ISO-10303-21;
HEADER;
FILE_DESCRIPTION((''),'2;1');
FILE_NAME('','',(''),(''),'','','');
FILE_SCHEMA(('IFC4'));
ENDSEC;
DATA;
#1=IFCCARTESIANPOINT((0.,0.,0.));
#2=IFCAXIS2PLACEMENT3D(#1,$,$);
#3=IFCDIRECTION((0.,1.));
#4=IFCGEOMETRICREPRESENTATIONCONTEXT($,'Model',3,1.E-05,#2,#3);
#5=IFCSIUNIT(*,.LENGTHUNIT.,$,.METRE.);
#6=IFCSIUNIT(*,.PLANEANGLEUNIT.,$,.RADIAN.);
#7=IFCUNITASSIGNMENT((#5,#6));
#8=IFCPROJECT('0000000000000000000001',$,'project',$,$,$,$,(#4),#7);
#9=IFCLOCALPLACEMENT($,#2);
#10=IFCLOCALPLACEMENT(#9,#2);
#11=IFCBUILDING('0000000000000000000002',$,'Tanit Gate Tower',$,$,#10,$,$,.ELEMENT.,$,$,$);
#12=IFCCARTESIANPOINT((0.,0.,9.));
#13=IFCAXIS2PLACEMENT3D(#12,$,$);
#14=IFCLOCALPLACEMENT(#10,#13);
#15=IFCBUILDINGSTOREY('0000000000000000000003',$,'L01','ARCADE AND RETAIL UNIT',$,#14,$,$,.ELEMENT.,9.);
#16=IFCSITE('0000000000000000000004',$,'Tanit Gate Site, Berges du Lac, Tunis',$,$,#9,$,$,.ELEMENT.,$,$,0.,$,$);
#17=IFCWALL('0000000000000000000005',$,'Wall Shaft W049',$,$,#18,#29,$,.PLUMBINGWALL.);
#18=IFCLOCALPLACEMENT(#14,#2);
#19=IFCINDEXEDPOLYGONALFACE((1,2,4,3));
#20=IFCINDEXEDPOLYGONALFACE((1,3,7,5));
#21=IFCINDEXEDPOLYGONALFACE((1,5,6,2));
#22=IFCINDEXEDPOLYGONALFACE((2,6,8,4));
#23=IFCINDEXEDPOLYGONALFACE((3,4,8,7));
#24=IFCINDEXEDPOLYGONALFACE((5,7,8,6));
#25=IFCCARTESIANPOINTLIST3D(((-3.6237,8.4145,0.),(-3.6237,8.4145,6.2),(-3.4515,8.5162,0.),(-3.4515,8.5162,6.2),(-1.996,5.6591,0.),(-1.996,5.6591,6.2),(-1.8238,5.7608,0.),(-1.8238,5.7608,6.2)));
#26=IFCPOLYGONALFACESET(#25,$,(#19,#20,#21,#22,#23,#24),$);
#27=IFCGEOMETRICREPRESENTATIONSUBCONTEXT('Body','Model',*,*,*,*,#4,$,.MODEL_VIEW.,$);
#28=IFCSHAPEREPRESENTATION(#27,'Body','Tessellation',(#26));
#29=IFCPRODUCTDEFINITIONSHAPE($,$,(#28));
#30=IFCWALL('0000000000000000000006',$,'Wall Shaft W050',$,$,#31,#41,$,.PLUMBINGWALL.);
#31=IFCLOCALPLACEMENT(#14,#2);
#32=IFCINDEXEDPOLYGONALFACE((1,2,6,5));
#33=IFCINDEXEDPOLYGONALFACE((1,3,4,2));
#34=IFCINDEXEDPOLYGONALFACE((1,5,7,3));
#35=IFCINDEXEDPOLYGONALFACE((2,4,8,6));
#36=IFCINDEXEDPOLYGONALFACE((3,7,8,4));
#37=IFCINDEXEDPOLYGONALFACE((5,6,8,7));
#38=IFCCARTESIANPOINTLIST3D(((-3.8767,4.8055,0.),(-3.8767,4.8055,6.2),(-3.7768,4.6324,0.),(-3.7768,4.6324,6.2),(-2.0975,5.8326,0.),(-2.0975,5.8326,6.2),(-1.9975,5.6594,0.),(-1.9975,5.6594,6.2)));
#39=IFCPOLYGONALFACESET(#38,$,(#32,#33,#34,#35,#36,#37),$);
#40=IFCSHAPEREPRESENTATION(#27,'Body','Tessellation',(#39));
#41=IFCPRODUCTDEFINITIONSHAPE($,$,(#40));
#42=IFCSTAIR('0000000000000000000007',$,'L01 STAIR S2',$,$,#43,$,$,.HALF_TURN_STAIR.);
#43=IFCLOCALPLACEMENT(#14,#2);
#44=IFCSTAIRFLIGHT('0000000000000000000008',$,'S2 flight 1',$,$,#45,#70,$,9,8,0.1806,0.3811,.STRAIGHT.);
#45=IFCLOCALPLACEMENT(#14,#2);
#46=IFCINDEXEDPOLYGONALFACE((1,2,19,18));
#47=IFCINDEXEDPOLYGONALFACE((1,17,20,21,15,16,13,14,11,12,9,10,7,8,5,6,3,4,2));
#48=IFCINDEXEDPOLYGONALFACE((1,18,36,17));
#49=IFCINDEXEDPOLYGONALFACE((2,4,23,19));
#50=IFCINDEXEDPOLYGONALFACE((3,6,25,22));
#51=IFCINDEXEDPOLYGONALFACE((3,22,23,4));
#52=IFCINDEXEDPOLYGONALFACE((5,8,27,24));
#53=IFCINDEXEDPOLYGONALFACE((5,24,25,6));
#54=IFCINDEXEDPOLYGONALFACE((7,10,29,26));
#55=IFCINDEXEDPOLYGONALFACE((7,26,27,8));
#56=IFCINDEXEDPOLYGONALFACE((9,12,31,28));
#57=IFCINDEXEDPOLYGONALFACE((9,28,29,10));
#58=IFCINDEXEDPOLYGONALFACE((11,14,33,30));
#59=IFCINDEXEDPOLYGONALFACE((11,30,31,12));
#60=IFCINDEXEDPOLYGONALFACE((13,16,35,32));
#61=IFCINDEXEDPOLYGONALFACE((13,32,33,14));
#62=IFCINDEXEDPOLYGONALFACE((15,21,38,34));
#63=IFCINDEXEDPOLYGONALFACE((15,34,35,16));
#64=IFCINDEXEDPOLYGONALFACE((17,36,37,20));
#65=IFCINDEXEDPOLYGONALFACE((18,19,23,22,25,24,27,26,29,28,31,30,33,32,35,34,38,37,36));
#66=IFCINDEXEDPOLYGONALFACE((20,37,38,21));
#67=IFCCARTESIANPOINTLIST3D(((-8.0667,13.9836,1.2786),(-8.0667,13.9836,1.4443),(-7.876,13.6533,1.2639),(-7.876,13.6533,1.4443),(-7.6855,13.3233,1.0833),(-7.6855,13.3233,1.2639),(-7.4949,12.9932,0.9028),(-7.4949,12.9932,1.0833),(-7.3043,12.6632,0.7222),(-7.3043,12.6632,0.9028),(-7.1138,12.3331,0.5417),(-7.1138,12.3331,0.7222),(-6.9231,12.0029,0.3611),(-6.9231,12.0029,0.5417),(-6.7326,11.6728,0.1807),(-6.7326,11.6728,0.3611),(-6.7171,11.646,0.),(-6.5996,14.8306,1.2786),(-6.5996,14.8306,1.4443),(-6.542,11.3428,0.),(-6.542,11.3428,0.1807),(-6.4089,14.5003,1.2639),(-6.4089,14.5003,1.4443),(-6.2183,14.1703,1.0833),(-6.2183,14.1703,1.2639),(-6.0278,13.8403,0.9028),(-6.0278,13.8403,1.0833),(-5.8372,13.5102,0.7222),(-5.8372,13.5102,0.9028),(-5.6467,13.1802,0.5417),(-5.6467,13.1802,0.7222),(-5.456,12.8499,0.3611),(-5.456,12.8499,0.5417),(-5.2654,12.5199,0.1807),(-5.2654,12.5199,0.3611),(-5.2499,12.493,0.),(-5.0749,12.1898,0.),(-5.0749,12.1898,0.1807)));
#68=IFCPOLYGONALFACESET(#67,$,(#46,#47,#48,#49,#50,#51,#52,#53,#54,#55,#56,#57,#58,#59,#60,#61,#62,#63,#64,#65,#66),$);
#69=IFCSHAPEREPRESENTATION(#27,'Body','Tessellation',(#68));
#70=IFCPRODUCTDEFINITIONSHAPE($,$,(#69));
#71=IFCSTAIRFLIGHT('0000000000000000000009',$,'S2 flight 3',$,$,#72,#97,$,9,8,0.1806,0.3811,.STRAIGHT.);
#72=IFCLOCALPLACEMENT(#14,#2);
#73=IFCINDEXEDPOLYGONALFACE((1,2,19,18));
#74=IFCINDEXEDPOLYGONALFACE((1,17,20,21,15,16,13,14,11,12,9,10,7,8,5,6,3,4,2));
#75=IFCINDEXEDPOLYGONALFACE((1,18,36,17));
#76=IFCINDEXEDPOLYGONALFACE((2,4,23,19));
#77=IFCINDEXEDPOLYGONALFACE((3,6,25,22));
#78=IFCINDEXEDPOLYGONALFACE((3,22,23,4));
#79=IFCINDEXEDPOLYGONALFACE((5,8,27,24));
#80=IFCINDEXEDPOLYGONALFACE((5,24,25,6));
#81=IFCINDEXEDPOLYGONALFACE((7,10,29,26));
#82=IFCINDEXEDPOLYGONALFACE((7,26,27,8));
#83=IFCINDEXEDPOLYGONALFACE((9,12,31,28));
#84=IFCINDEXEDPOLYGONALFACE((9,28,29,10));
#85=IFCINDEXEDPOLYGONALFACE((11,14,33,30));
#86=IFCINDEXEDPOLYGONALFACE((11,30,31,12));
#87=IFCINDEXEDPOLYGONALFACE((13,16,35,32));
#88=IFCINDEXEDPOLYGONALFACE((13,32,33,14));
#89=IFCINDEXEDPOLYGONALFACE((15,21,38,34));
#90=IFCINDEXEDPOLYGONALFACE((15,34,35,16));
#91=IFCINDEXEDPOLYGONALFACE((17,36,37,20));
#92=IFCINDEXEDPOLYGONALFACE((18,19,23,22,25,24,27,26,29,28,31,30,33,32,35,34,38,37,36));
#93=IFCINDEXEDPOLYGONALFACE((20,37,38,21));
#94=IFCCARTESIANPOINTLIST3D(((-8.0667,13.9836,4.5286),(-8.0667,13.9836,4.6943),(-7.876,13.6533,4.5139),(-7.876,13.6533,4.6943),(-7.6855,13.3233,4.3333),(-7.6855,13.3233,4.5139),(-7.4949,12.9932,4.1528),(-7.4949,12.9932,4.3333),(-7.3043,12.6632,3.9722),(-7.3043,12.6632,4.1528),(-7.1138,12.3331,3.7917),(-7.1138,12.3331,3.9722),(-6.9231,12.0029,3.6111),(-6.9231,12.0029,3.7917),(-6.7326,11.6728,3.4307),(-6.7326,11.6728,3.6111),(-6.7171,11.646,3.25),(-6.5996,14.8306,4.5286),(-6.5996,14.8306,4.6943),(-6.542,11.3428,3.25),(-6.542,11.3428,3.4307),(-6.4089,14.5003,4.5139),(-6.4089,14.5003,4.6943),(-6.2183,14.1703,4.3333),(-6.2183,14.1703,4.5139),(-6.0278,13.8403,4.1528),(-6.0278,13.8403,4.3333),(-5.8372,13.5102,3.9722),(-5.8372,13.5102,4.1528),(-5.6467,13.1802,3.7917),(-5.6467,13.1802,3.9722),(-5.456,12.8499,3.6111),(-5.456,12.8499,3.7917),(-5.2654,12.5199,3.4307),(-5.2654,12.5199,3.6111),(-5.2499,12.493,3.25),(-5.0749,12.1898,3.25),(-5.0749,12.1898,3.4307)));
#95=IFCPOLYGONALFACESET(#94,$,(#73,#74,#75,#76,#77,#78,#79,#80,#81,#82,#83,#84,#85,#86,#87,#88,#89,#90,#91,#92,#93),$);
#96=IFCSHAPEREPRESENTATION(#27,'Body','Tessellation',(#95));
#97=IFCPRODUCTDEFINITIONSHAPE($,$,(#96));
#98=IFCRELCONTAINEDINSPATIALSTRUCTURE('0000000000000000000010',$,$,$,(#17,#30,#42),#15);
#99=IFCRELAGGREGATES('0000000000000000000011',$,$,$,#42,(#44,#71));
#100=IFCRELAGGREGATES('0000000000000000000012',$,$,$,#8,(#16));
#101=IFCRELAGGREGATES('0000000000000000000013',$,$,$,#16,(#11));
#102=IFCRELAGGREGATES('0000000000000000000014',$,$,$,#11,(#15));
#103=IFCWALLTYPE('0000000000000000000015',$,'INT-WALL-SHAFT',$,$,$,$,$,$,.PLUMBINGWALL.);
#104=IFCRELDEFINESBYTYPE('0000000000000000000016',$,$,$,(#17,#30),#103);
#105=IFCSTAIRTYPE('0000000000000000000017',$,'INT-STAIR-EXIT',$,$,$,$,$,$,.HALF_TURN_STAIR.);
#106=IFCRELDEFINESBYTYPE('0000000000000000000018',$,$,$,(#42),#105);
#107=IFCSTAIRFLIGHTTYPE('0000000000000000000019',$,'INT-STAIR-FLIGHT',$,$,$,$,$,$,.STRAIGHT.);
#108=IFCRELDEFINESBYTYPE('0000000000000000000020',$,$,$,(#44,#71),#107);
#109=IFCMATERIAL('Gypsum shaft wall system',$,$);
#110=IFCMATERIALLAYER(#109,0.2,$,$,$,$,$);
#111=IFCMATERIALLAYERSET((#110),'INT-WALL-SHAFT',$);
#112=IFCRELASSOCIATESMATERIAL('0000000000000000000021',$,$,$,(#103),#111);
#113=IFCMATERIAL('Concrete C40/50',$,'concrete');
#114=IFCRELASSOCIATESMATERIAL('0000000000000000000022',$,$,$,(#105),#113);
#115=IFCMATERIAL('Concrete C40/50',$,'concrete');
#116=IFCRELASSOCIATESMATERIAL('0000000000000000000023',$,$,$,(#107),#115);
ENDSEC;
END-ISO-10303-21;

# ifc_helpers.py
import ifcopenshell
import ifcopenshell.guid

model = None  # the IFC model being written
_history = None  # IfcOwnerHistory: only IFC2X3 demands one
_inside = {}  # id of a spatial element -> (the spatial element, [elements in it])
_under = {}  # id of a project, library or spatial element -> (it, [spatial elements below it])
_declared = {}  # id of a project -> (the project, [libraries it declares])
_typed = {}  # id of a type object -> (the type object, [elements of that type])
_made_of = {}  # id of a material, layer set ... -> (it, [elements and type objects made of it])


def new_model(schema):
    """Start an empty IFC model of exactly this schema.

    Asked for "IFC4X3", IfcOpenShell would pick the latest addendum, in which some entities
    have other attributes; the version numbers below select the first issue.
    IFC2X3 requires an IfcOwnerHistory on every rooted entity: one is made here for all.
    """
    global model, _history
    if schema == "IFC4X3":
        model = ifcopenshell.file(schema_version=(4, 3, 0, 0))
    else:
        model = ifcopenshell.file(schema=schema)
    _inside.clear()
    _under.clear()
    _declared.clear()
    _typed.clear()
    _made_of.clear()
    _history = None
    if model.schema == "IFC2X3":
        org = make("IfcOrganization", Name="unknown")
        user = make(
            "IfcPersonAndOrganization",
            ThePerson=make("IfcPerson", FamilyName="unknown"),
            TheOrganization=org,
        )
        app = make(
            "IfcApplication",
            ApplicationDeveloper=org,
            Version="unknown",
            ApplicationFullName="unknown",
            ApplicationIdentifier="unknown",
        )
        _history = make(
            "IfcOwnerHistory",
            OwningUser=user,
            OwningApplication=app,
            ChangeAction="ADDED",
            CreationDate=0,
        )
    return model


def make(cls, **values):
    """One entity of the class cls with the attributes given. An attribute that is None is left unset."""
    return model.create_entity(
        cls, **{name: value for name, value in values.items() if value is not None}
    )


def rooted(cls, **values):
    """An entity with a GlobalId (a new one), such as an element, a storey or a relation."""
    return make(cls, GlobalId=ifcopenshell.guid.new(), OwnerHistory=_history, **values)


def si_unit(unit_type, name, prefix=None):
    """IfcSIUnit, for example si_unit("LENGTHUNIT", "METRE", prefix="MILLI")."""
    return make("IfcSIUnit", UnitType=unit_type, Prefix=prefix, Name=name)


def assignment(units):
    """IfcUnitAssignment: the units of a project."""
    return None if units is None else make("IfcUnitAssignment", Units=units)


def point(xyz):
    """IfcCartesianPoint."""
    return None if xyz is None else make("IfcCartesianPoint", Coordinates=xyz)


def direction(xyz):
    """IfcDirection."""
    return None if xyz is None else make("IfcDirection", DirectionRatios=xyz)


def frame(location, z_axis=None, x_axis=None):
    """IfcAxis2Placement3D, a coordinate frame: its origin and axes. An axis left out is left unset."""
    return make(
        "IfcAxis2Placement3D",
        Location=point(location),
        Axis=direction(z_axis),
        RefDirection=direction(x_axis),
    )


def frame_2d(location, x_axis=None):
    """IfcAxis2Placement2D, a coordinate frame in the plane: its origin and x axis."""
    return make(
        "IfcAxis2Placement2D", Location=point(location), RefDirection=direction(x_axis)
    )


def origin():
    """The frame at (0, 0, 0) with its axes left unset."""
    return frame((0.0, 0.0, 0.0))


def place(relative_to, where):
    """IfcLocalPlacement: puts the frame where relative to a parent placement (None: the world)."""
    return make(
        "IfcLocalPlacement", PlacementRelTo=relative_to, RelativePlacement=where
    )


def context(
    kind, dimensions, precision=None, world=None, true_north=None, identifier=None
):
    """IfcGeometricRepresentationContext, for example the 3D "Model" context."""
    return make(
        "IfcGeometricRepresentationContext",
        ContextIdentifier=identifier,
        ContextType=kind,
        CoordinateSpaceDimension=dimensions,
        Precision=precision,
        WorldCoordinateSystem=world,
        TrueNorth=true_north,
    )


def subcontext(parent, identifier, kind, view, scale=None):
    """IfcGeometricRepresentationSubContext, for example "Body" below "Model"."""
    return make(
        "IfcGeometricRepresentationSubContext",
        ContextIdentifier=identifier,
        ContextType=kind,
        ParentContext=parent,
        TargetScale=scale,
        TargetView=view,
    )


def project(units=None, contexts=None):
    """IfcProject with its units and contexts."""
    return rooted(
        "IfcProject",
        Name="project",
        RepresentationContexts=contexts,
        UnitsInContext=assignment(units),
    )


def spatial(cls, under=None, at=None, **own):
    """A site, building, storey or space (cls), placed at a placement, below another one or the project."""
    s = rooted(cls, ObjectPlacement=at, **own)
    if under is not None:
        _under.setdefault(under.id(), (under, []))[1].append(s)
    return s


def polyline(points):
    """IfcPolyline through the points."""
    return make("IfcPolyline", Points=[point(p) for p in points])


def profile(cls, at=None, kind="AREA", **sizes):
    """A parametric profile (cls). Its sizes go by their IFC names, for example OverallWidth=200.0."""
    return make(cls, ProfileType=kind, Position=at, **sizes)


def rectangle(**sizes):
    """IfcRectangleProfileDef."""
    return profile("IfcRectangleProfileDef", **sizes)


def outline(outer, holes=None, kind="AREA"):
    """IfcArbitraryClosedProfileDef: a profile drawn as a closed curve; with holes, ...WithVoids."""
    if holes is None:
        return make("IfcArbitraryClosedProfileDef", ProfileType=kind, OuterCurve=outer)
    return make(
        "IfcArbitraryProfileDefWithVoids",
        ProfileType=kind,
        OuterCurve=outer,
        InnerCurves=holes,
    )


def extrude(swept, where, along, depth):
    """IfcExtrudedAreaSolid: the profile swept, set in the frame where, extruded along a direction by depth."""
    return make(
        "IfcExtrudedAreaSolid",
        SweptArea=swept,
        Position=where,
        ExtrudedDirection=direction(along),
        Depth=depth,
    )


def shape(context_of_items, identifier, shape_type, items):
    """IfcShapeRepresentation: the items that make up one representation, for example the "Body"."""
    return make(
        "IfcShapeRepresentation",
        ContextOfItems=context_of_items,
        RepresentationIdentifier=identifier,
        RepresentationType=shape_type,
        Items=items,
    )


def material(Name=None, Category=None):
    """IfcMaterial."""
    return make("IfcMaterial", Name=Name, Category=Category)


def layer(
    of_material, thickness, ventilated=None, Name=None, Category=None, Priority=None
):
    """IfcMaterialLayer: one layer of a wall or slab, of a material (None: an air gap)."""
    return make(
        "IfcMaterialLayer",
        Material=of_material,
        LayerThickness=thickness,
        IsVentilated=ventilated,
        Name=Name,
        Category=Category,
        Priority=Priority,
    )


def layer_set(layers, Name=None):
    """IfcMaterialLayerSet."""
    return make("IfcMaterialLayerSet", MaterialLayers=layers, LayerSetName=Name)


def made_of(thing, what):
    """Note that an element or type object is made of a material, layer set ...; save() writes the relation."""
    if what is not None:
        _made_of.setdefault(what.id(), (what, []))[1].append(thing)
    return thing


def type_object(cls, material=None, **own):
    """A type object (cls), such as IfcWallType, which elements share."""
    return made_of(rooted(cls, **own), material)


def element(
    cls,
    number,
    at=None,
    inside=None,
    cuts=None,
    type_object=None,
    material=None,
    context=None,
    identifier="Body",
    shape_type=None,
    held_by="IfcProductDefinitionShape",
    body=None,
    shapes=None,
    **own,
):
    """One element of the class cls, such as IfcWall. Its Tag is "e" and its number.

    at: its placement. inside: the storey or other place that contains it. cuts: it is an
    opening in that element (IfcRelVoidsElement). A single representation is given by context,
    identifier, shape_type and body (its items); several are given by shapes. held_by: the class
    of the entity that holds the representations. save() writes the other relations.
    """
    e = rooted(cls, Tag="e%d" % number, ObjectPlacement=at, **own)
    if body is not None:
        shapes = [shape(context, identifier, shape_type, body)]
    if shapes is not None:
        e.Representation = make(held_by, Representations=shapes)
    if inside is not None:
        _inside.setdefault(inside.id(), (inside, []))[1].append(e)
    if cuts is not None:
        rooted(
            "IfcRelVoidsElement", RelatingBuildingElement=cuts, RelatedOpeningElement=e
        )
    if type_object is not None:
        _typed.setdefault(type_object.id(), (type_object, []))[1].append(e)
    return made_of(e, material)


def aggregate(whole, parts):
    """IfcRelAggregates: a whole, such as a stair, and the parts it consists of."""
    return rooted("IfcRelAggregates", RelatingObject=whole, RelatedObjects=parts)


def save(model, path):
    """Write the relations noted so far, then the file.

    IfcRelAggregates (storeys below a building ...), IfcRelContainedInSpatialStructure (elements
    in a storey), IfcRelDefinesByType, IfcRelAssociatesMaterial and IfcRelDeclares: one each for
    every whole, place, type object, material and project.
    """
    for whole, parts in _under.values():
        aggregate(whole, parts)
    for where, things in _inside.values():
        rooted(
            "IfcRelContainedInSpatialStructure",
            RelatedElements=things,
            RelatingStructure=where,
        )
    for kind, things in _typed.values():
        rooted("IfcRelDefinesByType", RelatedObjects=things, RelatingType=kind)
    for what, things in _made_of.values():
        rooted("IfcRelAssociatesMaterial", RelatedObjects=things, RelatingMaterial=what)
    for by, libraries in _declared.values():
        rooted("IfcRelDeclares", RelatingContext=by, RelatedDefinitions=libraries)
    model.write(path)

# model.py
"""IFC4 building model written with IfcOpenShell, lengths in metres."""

from ifc_helpers import new_model, si_unit, direction, frame, frame_2d, origin, place, context, subcontext, project, spatial, polyline, rectangle, outline, extrude, material, layer, layer_set, type_object, element, aggregate, save


model = new_model("IFC4")

# Units and contexts
model_context = context("Model", 3, precision=1e-05, world=origin(), true_north=direction((0.0, 1.0)))
body_context = subcontext(model_context, "Body", "Model", "MODEL_VIEW")
ifc_project = project(units=[si_unit("LENGTHUNIT", "METRE"), si_unit("PLANEANGLEUNIT", "RADIAN")], contexts=[model_context])

# Site, building, storey
site_placement = place(None, origin())
site = spatial("IfcSite", under=ifc_project, at=site_placement, Name="Tanit Gate Site, Berges du Lac, Tunis", CompositionType="ELEMENT", RefElevation=0.0)
building_placement = place(site_placement, origin())
building = spatial("IfcBuilding", under=site, at=building_placement, Name="Tanit Gate Tower", CompositionType="ELEMENT")
storey_placement = place(building_placement, frame((0.0, 0.0, 9.0)))
storey = spatial("IfcBuildingStorey", under=building, at=storey_placement, Name="L01", Description="ARCADE AND RETAIL UNIT", CompositionType="ELEMENT", Elevation=9.0)

# Shared definitions
ifc_material_1 = material(Name="Gypsum shaft wall system")
ifc_layer_1 = layer(ifc_material_1, 0.2)
ifc_layer_set_1 = layer_set([ifc_layer_1], Name="INT-WALL-SHAFT")
wall_type_1 = type_object("IfcWallType", Name="INT-WALL-SHAFT", PredefinedType="PLUMBINGWALL", material=ifc_layer_set_1)

# Walls
wall_1_placement = place(storey_placement, frame((-3.5376, 8.4653, 0.0), z_axis=(0.0, 0.0, 1.0), x_axis=(0.508616, -0.860993, 0.0)))
element("IfcWall", 1, at=wall_1_placement, inside=storey, type_object=wall_type_1, Name="Wall Shaft W049", PredefinedType="PLUMBINGWALL", context=body_context, shape_type="SweptSolid", body=[
    extrude(rectangle(XDim=3.2002, YDim=0.2, at=frame_2d((1.6001, 0.0))), origin(), (0.0, 0.0, 1.0), 6.2),
])
wall_2_placement = place(storey_placement, frame((-2.0474, 5.7461, 0.0), z_axis=(0.0, 0.0, 1.0), x_axis=(-0.866063, -0.499935, 0.0)))
element("IfcWall", 2, at=wall_2_placement, inside=storey, type_object=wall_type_1, Name="Wall Shaft W050", PredefinedType="PLUMBINGWALL", context=body_context, shape_type="SweptSolid", body=[
    extrude(rectangle(XDim=2.0544, YDim=0.2, at=frame_2d((1.0273, 0.0))), origin(), (0.0, 0.0, 1.0), 6.2),
])

# Stair, stair flights
ifc_material_2 = material(Name="Concrete C40/50", Category="concrete")
stair_type = type_object("IfcStairType", Name="INT-STAIR-EXIT", PredefinedType="HALF_TURN_STAIR", material=ifc_material_2)
stair_placement = place(storey_placement, origin())
stair = element("IfcStair", 3, at=stair_placement, inside=storey, type_object=stair_type, Name="L01 STAIR S2", PredefinedType="HALF_TURN_STAIR")
ifc_material_3 = material(Name="Concrete C40/50", Category="concrete")
stair_flight_type = type_object("IfcStairFlightType", Name="INT-STAIR-FLIGHT", PredefinedType="STRAIGHT", material=ifc_material_3)
stair_flight_1_placement = place(storey_placement, frame((-5.8083, 11.7664, 0.0), z_axis=(0.0, 0.0, 1.0), x_axis=(-0.5, 0.866025, 0.0)))
stair_flight_1 = element("IfcStairFlight", 4, at=stair_flight_1_placement, type_object=stair_flight_type, Name="S2 flight 1", NumberOfRisers=9, NumberOfTreads=8, PredefinedType="STRAIGHT", RiserHeight=0.1806, TreadLength=0.3811, context=body_context, shape_type="SweptSolid", body=[
    extrude(outline(polyline([(0.0, 0.0), (0.0, 0.1807), (0.3811, 0.1807), (0.3811, 0.3611), (0.7622, 0.3611), (0.7622, 0.5417), (1.1436, 0.5417), (1.1436, 0.7222), (1.5247, 0.7222), (1.5247, 0.9028), (1.9058, 0.9028), (1.9058, 1.0833), (2.2869, 1.0833), (2.2869, 1.2639), (2.668, 1.2639), (2.668, 1.4443), (3.0493, 1.4443), (3.0493, 1.625), (3.0493, 1.2786), (0.3501, 0.0), (0.0, 0.0)])), frame((0.0, 0.8472, 0.0), z_axis=(0.0, -1.0, 0.0), x_axis=(1.0, 0.0, 0.0)), (0.0, 0.0, 1.0), 1.6941),
])
stair_flight_2_placement = place(storey_placement, frame((-5.8083, 11.7664, 3.25), z_axis=(0.0, 0.0, 1.0), x_axis=(-0.5, 0.866025, 0.0)))
stair_flight_2 = element("IfcStairFlight", 5, at=stair_flight_2_placement, type_object=stair_flight_type, Name="S2 flight 3", NumberOfRisers=9, NumberOfTreads=8, PredefinedType="STRAIGHT", RiserHeight=0.1806, TreadLength=0.3811, context=body_context, shape_type="SweptSolid", body=[
    extrude(outline(polyline([(0.0, 0.0), (0.0, 0.1807), (0.3811, 0.1807), (0.3811, 0.3611), (0.7622, 0.3611), (0.7622, 0.5417), (1.1436, 0.5417), (1.1436, 0.7222), (1.5247, 0.7222), (1.5247, 0.9028), (1.9058, 0.9028), (1.9058, 1.0833), (2.2869, 1.0833), (2.2869, 1.2639), (2.668, 1.2639), (2.668, 1.4443), (3.0493, 1.4443), (3.0493, 1.625), (3.0493, 1.2786), (0.3501, 0.0), (0.0, 0.0)])), frame((0.0, 0.8472, 0.0), z_axis=(0.0, -1.0, 0.0), x_axis=(1.0, 0.0, 0.0)), (0.0, 0.0, 1.0), 1.6941),
])
aggregate(stair, [stair_flight_1, stair_flight_2])

save(model, "model.ifc")
